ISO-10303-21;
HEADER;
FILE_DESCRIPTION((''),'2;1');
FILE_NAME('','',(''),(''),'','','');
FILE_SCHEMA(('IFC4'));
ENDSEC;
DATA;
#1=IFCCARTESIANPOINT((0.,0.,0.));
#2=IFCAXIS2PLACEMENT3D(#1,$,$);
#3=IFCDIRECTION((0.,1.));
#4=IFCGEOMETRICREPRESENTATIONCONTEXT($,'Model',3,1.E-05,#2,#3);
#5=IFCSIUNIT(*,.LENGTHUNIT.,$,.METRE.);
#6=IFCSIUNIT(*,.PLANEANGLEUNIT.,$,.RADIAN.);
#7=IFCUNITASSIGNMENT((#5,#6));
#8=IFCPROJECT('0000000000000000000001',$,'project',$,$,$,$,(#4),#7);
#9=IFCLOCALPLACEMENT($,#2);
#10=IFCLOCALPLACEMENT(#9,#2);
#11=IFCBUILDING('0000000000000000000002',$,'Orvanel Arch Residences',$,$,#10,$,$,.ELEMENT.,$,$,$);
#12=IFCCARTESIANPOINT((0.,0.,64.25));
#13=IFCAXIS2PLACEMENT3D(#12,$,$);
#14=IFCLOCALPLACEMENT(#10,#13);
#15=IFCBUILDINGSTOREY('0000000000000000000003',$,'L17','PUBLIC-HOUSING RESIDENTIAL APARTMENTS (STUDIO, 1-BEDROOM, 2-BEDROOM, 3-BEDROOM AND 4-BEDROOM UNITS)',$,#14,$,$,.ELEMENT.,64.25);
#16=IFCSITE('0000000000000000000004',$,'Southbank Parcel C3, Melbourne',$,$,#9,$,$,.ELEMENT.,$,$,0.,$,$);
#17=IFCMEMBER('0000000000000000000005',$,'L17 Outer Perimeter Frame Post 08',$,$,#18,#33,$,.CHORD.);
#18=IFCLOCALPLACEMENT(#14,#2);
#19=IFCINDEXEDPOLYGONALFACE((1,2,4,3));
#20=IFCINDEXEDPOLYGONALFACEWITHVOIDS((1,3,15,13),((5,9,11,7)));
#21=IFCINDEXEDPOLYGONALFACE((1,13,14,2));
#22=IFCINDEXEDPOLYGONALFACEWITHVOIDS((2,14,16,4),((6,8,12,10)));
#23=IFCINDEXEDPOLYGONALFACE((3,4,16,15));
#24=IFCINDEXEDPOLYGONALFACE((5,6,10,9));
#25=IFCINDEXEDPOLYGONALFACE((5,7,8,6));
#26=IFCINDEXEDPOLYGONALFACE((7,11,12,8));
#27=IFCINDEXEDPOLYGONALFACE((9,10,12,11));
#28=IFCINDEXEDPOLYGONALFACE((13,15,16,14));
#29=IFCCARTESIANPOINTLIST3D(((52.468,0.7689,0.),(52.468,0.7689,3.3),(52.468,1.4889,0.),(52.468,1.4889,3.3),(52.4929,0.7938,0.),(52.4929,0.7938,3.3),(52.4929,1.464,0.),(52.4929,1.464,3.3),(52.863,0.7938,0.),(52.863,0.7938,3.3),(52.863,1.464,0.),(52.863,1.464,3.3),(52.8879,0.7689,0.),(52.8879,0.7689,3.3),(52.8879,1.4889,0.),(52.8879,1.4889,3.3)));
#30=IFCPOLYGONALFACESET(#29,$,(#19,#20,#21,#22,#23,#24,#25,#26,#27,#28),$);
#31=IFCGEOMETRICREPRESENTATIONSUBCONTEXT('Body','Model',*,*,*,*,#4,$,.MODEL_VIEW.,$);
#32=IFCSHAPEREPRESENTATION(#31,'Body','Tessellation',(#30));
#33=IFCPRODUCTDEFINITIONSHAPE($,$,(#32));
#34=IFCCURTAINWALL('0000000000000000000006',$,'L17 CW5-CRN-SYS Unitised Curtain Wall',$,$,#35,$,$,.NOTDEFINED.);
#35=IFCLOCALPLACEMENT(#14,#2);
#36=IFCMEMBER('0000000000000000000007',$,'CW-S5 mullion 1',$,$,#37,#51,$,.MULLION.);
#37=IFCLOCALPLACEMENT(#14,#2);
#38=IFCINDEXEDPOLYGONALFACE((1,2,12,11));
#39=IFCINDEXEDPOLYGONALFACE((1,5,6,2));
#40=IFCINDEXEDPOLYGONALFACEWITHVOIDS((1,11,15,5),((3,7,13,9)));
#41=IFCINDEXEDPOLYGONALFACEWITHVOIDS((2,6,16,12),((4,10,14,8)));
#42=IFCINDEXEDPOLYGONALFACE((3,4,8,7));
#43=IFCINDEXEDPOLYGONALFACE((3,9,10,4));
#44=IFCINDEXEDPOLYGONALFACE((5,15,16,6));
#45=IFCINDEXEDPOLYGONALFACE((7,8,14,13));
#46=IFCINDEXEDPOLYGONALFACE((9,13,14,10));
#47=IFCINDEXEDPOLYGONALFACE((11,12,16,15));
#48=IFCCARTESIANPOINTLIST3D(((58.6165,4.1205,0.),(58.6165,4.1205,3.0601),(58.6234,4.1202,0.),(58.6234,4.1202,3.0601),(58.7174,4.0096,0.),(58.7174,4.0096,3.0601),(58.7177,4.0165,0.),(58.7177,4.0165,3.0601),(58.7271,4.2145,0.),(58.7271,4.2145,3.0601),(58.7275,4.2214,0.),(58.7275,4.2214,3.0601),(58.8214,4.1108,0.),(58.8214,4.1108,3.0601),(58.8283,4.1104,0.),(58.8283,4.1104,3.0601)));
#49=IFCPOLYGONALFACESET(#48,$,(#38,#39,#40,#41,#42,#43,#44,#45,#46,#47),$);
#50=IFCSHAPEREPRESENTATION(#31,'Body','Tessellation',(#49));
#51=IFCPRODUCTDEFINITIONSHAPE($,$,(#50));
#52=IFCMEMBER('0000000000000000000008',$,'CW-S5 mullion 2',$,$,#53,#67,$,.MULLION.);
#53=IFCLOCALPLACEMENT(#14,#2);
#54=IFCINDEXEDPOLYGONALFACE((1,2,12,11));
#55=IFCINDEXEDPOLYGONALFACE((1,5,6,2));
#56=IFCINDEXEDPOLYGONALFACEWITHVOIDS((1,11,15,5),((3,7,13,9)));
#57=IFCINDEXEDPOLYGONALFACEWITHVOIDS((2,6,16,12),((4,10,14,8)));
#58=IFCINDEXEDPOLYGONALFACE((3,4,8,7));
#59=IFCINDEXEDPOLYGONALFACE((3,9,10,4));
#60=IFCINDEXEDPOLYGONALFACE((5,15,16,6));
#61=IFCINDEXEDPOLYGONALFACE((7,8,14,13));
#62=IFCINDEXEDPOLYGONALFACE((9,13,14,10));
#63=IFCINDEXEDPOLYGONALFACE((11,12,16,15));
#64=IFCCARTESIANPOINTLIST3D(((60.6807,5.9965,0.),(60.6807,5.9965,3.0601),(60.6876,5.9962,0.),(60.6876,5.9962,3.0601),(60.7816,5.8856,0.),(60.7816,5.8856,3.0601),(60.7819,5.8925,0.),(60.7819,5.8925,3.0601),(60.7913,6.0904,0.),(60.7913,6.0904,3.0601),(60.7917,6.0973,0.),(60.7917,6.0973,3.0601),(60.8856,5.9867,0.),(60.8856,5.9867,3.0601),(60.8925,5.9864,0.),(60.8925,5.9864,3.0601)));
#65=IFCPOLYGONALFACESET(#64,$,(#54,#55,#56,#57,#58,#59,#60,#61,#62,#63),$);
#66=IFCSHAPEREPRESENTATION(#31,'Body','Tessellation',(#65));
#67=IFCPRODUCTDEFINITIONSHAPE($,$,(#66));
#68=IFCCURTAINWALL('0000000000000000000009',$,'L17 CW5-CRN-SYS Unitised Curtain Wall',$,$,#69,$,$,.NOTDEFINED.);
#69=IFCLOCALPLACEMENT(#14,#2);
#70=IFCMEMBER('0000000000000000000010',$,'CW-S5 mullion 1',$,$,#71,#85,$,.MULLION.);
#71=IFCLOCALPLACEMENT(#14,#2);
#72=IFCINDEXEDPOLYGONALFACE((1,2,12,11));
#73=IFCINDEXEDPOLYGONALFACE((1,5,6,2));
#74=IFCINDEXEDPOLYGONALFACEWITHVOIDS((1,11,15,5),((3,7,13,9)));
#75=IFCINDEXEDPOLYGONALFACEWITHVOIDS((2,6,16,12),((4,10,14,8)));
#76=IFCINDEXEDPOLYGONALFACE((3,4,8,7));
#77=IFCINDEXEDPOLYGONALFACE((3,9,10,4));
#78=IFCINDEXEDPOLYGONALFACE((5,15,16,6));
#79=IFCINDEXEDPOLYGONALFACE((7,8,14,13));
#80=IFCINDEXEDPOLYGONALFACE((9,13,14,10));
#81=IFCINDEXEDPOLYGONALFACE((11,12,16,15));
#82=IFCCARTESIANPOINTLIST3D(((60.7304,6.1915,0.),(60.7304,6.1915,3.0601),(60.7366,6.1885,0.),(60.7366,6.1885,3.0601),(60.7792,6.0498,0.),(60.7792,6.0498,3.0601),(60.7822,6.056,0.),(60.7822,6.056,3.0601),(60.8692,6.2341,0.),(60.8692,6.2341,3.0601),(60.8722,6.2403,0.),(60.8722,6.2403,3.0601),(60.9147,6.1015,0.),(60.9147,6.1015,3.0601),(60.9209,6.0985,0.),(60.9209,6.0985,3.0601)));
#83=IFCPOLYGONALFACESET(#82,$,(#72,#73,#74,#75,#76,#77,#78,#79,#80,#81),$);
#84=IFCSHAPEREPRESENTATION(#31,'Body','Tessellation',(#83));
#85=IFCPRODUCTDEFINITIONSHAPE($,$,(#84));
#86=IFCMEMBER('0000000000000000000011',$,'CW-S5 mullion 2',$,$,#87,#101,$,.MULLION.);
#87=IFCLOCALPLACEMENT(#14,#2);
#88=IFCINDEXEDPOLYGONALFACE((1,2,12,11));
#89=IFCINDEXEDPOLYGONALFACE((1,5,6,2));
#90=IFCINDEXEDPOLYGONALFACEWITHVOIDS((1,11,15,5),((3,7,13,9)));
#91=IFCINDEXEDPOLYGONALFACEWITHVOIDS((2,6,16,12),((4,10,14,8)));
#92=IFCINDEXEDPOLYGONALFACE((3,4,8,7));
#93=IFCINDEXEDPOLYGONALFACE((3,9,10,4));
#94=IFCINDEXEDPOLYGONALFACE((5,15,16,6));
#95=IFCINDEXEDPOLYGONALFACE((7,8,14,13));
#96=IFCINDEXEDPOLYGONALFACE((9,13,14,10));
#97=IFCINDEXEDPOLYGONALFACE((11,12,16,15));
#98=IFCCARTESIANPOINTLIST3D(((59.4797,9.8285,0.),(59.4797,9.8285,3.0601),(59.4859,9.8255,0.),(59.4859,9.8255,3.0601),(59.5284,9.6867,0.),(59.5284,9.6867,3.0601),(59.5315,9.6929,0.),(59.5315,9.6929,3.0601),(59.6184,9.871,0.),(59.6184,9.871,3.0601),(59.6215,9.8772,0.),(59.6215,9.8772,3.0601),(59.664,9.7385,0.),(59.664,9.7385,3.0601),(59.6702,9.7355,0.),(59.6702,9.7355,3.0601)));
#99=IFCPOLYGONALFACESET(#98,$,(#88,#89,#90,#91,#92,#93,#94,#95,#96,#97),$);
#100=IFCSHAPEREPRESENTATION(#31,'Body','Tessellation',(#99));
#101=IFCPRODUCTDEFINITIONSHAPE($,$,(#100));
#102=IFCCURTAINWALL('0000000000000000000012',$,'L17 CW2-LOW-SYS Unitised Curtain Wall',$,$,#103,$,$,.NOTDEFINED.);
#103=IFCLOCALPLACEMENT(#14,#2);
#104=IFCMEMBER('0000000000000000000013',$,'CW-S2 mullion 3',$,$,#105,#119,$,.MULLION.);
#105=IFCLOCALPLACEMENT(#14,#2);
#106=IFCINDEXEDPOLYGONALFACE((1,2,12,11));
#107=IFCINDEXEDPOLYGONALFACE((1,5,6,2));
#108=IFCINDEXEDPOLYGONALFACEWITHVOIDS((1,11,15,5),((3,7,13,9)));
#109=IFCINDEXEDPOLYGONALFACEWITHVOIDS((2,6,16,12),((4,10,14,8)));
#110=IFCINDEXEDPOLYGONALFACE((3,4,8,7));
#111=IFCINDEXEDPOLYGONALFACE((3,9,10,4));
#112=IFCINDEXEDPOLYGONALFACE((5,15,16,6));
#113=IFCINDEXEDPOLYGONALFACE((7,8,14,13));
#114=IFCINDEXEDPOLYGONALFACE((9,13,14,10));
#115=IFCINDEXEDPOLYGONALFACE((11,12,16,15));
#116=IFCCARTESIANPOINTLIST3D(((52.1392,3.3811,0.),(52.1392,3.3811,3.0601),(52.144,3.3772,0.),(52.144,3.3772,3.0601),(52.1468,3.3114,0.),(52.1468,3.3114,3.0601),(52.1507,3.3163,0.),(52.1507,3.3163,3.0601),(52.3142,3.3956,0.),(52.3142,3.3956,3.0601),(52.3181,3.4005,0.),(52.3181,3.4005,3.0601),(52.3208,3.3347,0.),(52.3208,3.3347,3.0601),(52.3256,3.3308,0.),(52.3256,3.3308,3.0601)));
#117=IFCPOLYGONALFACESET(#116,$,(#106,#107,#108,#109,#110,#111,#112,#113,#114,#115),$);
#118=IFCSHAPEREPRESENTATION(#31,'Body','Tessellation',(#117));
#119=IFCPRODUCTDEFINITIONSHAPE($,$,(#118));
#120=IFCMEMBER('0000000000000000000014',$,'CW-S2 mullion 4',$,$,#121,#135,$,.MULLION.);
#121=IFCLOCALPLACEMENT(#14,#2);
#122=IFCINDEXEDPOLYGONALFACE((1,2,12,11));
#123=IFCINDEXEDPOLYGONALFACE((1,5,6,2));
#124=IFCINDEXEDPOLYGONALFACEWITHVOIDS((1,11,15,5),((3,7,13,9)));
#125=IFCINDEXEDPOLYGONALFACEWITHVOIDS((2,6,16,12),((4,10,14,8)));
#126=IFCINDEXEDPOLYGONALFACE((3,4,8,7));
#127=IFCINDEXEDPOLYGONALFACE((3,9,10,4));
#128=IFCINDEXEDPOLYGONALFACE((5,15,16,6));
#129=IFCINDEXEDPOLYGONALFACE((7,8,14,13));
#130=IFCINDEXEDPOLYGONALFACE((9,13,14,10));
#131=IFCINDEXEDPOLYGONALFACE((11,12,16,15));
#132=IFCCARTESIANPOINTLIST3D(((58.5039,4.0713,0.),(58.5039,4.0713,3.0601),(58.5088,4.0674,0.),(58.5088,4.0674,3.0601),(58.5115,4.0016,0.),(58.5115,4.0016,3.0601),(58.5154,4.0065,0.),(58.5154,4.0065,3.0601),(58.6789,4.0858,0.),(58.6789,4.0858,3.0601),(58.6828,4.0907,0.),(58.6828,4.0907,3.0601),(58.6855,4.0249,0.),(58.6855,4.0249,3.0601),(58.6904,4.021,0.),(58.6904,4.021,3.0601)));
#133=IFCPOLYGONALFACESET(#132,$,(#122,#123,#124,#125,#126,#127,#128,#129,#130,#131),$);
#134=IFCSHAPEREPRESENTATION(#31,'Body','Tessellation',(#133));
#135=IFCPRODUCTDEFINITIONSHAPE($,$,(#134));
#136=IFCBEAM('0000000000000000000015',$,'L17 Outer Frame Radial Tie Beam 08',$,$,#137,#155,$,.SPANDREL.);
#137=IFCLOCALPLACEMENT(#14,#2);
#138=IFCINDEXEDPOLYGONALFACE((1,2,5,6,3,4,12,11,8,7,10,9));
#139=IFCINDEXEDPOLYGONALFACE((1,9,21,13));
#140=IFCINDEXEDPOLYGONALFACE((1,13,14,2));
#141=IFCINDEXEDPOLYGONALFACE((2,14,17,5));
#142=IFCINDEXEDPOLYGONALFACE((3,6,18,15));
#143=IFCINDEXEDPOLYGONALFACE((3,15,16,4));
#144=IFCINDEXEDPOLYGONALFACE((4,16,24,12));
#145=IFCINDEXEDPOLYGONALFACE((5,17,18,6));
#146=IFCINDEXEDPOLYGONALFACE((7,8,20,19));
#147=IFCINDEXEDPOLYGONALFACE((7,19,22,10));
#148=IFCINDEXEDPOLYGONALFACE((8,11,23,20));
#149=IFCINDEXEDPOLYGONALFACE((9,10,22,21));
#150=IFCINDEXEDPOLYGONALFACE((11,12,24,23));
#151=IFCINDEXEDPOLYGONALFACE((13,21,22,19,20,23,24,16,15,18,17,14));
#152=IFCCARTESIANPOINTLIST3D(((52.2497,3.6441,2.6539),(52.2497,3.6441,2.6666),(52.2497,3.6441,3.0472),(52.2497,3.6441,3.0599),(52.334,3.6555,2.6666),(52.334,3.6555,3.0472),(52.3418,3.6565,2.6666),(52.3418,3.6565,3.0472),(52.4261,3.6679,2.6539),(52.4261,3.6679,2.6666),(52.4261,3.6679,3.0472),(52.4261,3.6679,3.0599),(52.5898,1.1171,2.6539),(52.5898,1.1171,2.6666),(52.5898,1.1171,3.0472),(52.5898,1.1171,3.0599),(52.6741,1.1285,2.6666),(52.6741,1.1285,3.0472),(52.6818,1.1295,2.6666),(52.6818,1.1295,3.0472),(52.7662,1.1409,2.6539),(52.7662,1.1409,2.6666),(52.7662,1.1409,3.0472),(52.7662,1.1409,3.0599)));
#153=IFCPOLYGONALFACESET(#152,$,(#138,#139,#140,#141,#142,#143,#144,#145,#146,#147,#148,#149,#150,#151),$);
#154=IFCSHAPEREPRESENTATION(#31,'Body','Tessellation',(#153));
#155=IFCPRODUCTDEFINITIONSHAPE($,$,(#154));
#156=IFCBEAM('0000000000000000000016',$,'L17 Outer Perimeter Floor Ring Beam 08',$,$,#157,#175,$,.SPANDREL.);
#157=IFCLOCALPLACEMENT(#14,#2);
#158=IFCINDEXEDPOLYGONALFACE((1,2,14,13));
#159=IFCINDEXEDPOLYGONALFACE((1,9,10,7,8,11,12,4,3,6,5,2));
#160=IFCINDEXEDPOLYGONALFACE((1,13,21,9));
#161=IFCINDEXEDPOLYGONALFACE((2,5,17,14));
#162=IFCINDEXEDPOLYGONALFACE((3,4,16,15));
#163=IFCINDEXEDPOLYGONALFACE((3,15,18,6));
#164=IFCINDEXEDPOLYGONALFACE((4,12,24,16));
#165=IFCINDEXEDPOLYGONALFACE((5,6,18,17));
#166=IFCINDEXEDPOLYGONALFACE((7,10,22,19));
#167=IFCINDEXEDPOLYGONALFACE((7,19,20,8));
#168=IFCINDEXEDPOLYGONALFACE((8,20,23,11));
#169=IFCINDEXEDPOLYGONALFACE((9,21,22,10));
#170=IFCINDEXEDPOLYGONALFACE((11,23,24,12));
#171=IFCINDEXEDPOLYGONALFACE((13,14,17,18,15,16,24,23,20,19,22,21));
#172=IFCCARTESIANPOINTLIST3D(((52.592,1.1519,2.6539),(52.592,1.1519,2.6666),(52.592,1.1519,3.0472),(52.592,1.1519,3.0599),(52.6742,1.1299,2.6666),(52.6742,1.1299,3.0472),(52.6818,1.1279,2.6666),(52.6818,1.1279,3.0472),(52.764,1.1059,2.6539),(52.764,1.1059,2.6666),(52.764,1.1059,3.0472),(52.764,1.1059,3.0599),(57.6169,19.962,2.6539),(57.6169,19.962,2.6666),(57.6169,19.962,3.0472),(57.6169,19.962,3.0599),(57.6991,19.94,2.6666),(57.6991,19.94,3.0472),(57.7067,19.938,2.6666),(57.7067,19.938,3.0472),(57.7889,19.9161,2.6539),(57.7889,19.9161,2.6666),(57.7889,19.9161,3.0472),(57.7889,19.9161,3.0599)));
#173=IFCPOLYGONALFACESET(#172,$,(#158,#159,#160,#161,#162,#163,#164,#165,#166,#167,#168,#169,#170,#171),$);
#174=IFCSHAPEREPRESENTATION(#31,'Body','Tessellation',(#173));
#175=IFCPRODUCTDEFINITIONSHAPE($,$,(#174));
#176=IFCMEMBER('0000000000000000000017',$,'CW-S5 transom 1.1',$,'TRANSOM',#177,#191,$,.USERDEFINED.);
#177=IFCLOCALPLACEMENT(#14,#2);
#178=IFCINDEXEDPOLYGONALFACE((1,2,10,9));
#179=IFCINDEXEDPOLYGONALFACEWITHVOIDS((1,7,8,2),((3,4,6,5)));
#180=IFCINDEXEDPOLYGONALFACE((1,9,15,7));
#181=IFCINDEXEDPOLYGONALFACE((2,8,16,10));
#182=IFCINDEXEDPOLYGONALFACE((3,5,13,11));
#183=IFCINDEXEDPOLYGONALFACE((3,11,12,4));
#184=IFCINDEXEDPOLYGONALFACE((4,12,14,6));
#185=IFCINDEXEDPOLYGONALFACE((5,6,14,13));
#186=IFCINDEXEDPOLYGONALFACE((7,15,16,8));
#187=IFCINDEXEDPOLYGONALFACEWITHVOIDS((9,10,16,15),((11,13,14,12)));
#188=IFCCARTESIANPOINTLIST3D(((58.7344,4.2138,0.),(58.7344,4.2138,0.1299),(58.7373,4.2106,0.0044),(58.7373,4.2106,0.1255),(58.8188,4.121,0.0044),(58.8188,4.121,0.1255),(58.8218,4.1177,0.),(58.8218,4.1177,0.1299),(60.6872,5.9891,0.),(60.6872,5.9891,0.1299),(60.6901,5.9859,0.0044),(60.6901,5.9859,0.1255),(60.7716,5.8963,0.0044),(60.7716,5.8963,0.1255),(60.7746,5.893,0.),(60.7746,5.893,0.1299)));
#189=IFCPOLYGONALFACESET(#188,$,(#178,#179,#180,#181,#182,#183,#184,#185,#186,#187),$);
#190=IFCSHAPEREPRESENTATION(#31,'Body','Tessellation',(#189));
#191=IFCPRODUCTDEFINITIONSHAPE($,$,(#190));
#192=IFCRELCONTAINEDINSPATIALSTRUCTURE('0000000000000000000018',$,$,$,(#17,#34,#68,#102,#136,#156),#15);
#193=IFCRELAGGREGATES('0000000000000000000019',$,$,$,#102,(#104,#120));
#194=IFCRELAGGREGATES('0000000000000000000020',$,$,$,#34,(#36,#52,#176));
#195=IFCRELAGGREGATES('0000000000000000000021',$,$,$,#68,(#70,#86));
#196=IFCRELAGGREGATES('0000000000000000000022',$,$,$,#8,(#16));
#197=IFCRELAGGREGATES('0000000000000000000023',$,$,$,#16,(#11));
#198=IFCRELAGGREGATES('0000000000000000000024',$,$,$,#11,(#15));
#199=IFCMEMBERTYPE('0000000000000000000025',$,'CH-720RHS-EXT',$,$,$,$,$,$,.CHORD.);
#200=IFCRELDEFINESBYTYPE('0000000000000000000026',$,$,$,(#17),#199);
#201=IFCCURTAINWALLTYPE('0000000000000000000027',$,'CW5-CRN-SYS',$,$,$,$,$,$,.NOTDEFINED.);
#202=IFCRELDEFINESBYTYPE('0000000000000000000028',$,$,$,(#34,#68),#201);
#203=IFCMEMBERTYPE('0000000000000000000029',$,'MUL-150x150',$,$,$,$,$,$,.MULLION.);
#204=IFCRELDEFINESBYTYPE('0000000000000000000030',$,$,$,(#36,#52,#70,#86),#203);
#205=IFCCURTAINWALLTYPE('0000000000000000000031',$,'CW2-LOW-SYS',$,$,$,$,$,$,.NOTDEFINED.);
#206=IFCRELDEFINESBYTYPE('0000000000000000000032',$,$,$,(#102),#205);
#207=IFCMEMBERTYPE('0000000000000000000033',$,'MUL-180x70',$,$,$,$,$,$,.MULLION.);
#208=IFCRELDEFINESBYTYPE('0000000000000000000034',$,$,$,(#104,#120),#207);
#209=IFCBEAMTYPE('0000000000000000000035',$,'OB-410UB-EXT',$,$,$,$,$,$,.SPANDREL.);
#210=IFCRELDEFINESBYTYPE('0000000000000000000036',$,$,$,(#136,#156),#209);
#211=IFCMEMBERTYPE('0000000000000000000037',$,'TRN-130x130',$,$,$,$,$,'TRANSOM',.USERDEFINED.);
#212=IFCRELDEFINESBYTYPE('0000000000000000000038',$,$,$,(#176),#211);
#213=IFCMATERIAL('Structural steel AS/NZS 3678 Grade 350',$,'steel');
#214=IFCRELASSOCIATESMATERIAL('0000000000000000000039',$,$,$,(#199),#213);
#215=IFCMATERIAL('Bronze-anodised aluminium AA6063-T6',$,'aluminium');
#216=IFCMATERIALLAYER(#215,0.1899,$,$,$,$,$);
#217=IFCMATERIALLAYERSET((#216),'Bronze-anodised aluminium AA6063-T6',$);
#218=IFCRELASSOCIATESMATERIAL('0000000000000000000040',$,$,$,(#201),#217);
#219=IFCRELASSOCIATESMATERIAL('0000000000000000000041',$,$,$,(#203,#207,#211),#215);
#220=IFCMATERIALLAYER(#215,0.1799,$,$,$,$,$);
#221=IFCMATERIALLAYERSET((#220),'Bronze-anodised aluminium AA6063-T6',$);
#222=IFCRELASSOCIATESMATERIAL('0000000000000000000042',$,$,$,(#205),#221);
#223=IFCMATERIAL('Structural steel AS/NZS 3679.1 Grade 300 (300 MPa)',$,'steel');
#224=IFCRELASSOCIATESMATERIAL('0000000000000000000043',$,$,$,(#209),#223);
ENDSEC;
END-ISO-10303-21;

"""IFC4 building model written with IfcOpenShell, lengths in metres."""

from ifc_helpers import new_model, si_unit, direction, frame, origin, origin_2d, place, context, subcontext, project, spatial, hollow_rectangle, i_section, extrude, material, layer, layer_set, material_profile, profile_set, type_object, element, aggregate, save


model = new_model("IFC4")

# Units and contexts
model_context = context("Model", 3, precision=1e-05, world=origin(), true_north=direction((0.0, 1.0)))
body_context = subcontext(model_context, "Body", "Model", "MODEL_VIEW")
ifc_project = project(units=[si_unit("LENGTHUNIT", "METRE"), si_unit("PLANEANGLEUNIT", "RADIAN")], contexts=[model_context])

# Site, building, storey
site_placement = place(None, origin())
site = spatial("IfcSite", under=ifc_project, at=site_placement, Name="Southbank Parcel C3, Melbourne", CompositionType="ELEMENT", RefElevation=0.0)
building_placement = place(site_placement, origin())
building = spatial("IfcBuilding", under=site, at=building_placement, Name="Orvanel Arch Residences", CompositionType="ELEMENT")
storey_placement = place(building_placement, frame((0.0, 0.0, 64.25)))
storey = spatial("IfcBuildingStorey", under=building, at=storey_placement, Name="L17", Description="PUBLIC-HOUSING RESIDENTIAL APARTMENTS (STUDIO, 1-BEDROOM, 2-BEDROOM, 3-BEDROOM AND 4-BEDROOM UNITS)", CompositionType="ELEMENT", Elevation=64.25)

# Member
ifc_material_1 = material(Name="Structural steel AS/NZS 3678 Grade 350", Category="steel")
ifc_material_profile_1 = material_profile(ifc_material_1, hollow_rectangle(XDim=0.4199, YDim=0.72, WallThickness=0.0249, at=origin_2d()), Name="RHS720x420x25")
ifc_profile_set_1 = profile_set([ifc_material_profile_1], Name="Structural steel AS/NZS 3678 Grade 350")
member_type_1 = type_object("IfcMemberType", Name="CH-720RHS-EXT", PredefinedType="CHORD", material=ifc_profile_set_1)
member_1_placement = place(storey_placement, frame((52.678, 1.1289, 0.0), z_axis=(0.0, 0.0, 1.0), x_axis=(1.0, 0.0, 0.0)))
element("IfcMember", 1, at=member_1_placement, inside=storey, type_object=member_type_1, Name="L17 Outer Perimeter Frame Post 08", PredefinedType="CHORD", context=body_context, shape_type="SweptSolid", body=[
    extrude(hollow_rectangle(XDim=0.4199, YDim=0.72, WallThickness=0.0249, at=origin_2d()), origin(), (0.0, 0.0, 1.0), 3.3),
])

# Curtain walls, members
ifc_material_2 = material(Name="Bronze-anodised aluminium AA6063-T6", Category="aluminium")
ifc_layer_1 = layer(ifc_material_2, 0.1899)
ifc_layer_set_1 = layer_set([ifc_layer_1], Name="Bronze-anodised aluminium AA6063-T6")
curtain_wall_type_1 = type_object("IfcCurtainWallType", Name="CW5-CRN-SYS", PredefinedType="NOTDEFINED", material=ifc_layer_set_1)
curtain_wall_1_placement = place(storey_placement, origin())
curtain_wall_1 = element("IfcCurtainWall", 2, at=curtain_wall_1_placement, inside=storey, type_object=curtain_wall_type_1, Name="L17 CW5-CRN-SYS Unitised Curtain Wall", PredefinedType="NOTDEFINED")
ifc_material_profile_2 = material_profile(ifc_material_2, hollow_rectangle(XDim=0.1499, YDim=0.1499, WallThickness=0.0049, at=origin_2d()), Name="ALU150x150x5")
ifc_profile_set_2 = profile_set([ifc_material_profile_2], Name="Bronze-anodised aluminium AA6063-T6")
member_type_2 = type_object("IfcMemberType", Name="MUL-150x150", PredefinedType="MULLION", material=ifc_profile_set_2)
member_2_placement = place(storey_placement, frame((58.7224, 4.1155, 0.0), z_axis=(0.0, 0.0, 1.0), x_axis=(-0.672622, 0.739986, 0.0)))
member_2 = element("IfcMember", 3, at=member_2_placement, type_object=member_type_2, Name="CW-S5 mullion 1", PredefinedType="MULLION", context=body_context, shape_type="SweptSolid", body=[
    extrude(hollow_rectangle(XDim=0.1499, YDim=0.1499, WallThickness=0.0049, at=origin_2d()), origin(), (0.0, 0.0, 1.0), 3.0601),
])
member_3_placement = place(storey_placement, frame((60.7866, 5.9915, 0.0), z_axis=(0.0, 0.0, 1.0), x_axis=(-0.672622, 0.739986, 0.0)))
member_3 = element("IfcMember", 4, at=member_3_placement, type_object=member_type_2, Name="CW-S5 mullion 2", PredefinedType="MULLION", context=body_context, shape_type="SweptSolid", body=[
    extrude(hollow_rectangle(XDim=0.1499, YDim=0.1499, WallThickness=0.0049, at=origin_2d()), origin(), (0.0, 0.0, 1.0), 3.0601),
])
curtain_wall_2_placement = place(storey_placement, origin())
curtain_wall_2 = element("IfcCurtainWall", 5, at=curtain_wall_2_placement, inside=storey, type_object=curtain_wall_type_1, Name="L17 CW5-CRN-SYS Unitised Curtain Wall", PredefinedType="NOTDEFINED")
member_4_placement = place(storey_placement, frame((60.8257, 6.145, 0.0), z_axis=(0.0, 0.0, 1.0), x_axis=(-0.945657, -0.325165, 0.0)))
member_4 = element("IfcMember", 6, at=member_4_placement, type_object=member_type_2, Name="CW-S5 mullion 1", PredefinedType="MULLION", context=body_context, shape_type="SweptSolid", body=[
    extrude(hollow_rectangle(XDim=0.1499, YDim=0.1499, WallThickness=0.0049, at=origin_2d()), origin(), (0.0, 0.0, 1.0), 3.0601),
])
member_5_placement = place(storey_placement, frame((59.575, 9.782, 0.0), z_axis=(0.0, 0.0, 1.0), x_axis=(-0.945657, -0.325165, 0.0)))
member_5 = element("IfcMember", 7, at=member_5_placement, type_object=member_type_2, Name="CW-S5 mullion 2", PredefinedType="MULLION", context=body_context, shape_type="SweptSolid", body=[
    extrude(hollow_rectangle(XDim=0.1499, YDim=0.1499, WallThickness=0.0049, at=origin_2d()), origin(), (0.0, 0.0, 1.0), 3.0601),
])
ifc_layer_2 = layer(ifc_material_2, 0.1799)
ifc_layer_set_2 = layer_set([ifc_layer_2], Name="Bronze-anodised aluminium AA6063-T6")
curtain_wall_type_2 = type_object("IfcCurtainWallType", Name="CW2-LOW-SYS", PredefinedType="NOTDEFINED", material=ifc_layer_set_2)
curtain_wall_3_placement = place(storey_placement, origin())
curtain_wall_3 = element("IfcCurtainWall", 8, at=curtain_wall_3_placement, inside=storey, type_object=curtain_wall_type_2, Name="L17 CW2-LOW-SYS Unitised Curtain Wall", PredefinedType="NOTDEFINED")
ifc_material_profile_3 = material_profile(ifc_material_2, hollow_rectangle(XDim=0.0701, YDim=0.1799, WallThickness=0.0044, at=origin_2d()), Name="ALU180x70x4.5")
ifc_profile_set_3 = profile_set([ifc_material_profile_3], Name="Bronze-anodised aluminium AA6063-T6")
member_type_3 = type_object("IfcMemberType", Name="MUL-180x70", PredefinedType="MULLION", material=ifc_profile_set_3)
member_6_placement = place(storey_placement, frame((52.2324, 3.356, 0.0), z_axis=(0.0, 0.0, 1.0), x_axis=(-0.107811, 0.994171, 0.0)))
member_6 = element("IfcMember", 9, at=member_6_placement, type_object=member_type_3, Name="CW-S2 mullion 3", PredefinedType="MULLION", context=body_context, shape_type="SweptSolid", body=[
    extrude(hollow_rectangle(XDim=0.0701, YDim=0.1799, WallThickness=0.0044, at=origin_2d()), origin(), (0.0, 0.0, 1.0), 3.0601),
])
member_7_placement = place(storey_placement, frame((58.5972, 4.0461, 0.0), z_axis=(0.0, 0.0, 1.0), x_axis=(-0.107811, 0.994171, 0.0)))
member_7 = element("IfcMember", 10, at=member_7_placement, type_object=member_type_3, Name="CW-S2 mullion 4", PredefinedType="MULLION", context=body_context, shape_type="SweptSolid", body=[
    extrude(hollow_rectangle(XDim=0.0701, YDim=0.1799, WallThickness=0.0044, at=origin_2d()), origin(), (0.0, 0.0, 1.0), 3.0601),
])

# Beams
ifc_material_3 = material(Name="Structural steel AS/NZS 3679.1 Grade 300 (300 MPa)", Category="steel")
ifc_material_profile_4 = material_profile(ifc_material_3, i_section(OverallWidth=0.178, OverallDepth=0.406, WebThickness=0.0078, FlangeThickness=0.0127, at=origin_2d()), Name="410UB59.7")
ifc_profile_set_4 = profile_set([ifc_material_profile_4], Name="Structural steel AS/NZS 3679.1 Grade 300 (300 MPa)")
beam_type = type_object("IfcBeamType", Name="OB-410UB-EXT", PredefinedType="SPANDREL", material=ifc_profile_set_4)
beam_1_placement = place(storey_placement, frame((52.3379, 3.656, 2.8569), z_axis=(0.133374, -0.991066, 0.0), x_axis=(0.991066, 0.133374, 0.0)))
element("IfcBeam", 11, at=beam_1_placement, inside=storey, type_object=beam_type, Name="L17 Outer Frame Radial Tie Beam 08", PredefinedType="SPANDREL", context=body_context, shape_type="SweptSolid", body=[
    extrude(i_section(OverallWidth=0.178, OverallDepth=0.406, WebThickness=0.0078, FlangeThickness=0.0127, at=origin_2d()), origin(), (0.0, 0.0, 1.0), 2.5498),
])
beam_2_placement = place(storey_placement, frame((52.678, 1.1289, 2.8569), z_axis=(0.258089, 0.966121, 0.0), x_axis=(-0.966121, 0.258089, 0.0)))
element("IfcBeam", 12, at=beam_2_placement, inside=storey, type_object=beam_type, Name="L17 Outer Perimeter Floor Ring Beam 08", PredefinedType="SPANDREL", context=body_context, shape_type="SweptSolid", body=[
    extrude(i_section(OverallWidth=0.178, OverallDepth=0.406, WebThickness=0.0078, FlangeThickness=0.0127, at=origin_2d()), origin(), (0.0, 0.0, 1.0), 19.4697),
])

# Member
ifc_material_profile_5 = material_profile(ifc_material_2, hollow_rectangle(XDim=0.1299, YDim=0.1299, WallThickness=0.0044, at=origin_2d()), Name="ALU130x130x4.5")
ifc_profile_set_5 = profile_set([ifc_material_profile_5], Name="Bronze-anodised aluminium AA6063-T6")
member_type_4 = type_object("IfcMemberType", Name="TRN-130x130", ElementType="TRANSOM", PredefinedType="USERDEFINED", material=ifc_profile_set_5)
member_8_placement = place(storey_placement, frame((58.7781, 4.1658, 0.0649), z_axis=(0.739932, 0.672682, 0.0), x_axis=(-0.672682, 0.739932, 0.0)))
member_8 = element("IfcMember", 13, at=member_8_placement, type_object=member_type_4, Name="CW-S5 transom 1.1", ObjectType="TRANSOM", PredefinedType="USERDEFINED", context=body_context, shape_type="SweptSolid", body=[
    extrude(hollow_rectangle(XDim=0.1299, YDim=0.1299, WallThickness=0.0044, at=origin_2d()), origin(), (0.0, 0.0, 1.0), 2.6392),
])

aggregate(curtain_wall_3, [member_6, member_7])
aggregate(curtain_wall_1, [member_2, member_3, member_8])
aggregate(curtain_wall_2, [member_4, member_5])

save(model, "model.ifc")
